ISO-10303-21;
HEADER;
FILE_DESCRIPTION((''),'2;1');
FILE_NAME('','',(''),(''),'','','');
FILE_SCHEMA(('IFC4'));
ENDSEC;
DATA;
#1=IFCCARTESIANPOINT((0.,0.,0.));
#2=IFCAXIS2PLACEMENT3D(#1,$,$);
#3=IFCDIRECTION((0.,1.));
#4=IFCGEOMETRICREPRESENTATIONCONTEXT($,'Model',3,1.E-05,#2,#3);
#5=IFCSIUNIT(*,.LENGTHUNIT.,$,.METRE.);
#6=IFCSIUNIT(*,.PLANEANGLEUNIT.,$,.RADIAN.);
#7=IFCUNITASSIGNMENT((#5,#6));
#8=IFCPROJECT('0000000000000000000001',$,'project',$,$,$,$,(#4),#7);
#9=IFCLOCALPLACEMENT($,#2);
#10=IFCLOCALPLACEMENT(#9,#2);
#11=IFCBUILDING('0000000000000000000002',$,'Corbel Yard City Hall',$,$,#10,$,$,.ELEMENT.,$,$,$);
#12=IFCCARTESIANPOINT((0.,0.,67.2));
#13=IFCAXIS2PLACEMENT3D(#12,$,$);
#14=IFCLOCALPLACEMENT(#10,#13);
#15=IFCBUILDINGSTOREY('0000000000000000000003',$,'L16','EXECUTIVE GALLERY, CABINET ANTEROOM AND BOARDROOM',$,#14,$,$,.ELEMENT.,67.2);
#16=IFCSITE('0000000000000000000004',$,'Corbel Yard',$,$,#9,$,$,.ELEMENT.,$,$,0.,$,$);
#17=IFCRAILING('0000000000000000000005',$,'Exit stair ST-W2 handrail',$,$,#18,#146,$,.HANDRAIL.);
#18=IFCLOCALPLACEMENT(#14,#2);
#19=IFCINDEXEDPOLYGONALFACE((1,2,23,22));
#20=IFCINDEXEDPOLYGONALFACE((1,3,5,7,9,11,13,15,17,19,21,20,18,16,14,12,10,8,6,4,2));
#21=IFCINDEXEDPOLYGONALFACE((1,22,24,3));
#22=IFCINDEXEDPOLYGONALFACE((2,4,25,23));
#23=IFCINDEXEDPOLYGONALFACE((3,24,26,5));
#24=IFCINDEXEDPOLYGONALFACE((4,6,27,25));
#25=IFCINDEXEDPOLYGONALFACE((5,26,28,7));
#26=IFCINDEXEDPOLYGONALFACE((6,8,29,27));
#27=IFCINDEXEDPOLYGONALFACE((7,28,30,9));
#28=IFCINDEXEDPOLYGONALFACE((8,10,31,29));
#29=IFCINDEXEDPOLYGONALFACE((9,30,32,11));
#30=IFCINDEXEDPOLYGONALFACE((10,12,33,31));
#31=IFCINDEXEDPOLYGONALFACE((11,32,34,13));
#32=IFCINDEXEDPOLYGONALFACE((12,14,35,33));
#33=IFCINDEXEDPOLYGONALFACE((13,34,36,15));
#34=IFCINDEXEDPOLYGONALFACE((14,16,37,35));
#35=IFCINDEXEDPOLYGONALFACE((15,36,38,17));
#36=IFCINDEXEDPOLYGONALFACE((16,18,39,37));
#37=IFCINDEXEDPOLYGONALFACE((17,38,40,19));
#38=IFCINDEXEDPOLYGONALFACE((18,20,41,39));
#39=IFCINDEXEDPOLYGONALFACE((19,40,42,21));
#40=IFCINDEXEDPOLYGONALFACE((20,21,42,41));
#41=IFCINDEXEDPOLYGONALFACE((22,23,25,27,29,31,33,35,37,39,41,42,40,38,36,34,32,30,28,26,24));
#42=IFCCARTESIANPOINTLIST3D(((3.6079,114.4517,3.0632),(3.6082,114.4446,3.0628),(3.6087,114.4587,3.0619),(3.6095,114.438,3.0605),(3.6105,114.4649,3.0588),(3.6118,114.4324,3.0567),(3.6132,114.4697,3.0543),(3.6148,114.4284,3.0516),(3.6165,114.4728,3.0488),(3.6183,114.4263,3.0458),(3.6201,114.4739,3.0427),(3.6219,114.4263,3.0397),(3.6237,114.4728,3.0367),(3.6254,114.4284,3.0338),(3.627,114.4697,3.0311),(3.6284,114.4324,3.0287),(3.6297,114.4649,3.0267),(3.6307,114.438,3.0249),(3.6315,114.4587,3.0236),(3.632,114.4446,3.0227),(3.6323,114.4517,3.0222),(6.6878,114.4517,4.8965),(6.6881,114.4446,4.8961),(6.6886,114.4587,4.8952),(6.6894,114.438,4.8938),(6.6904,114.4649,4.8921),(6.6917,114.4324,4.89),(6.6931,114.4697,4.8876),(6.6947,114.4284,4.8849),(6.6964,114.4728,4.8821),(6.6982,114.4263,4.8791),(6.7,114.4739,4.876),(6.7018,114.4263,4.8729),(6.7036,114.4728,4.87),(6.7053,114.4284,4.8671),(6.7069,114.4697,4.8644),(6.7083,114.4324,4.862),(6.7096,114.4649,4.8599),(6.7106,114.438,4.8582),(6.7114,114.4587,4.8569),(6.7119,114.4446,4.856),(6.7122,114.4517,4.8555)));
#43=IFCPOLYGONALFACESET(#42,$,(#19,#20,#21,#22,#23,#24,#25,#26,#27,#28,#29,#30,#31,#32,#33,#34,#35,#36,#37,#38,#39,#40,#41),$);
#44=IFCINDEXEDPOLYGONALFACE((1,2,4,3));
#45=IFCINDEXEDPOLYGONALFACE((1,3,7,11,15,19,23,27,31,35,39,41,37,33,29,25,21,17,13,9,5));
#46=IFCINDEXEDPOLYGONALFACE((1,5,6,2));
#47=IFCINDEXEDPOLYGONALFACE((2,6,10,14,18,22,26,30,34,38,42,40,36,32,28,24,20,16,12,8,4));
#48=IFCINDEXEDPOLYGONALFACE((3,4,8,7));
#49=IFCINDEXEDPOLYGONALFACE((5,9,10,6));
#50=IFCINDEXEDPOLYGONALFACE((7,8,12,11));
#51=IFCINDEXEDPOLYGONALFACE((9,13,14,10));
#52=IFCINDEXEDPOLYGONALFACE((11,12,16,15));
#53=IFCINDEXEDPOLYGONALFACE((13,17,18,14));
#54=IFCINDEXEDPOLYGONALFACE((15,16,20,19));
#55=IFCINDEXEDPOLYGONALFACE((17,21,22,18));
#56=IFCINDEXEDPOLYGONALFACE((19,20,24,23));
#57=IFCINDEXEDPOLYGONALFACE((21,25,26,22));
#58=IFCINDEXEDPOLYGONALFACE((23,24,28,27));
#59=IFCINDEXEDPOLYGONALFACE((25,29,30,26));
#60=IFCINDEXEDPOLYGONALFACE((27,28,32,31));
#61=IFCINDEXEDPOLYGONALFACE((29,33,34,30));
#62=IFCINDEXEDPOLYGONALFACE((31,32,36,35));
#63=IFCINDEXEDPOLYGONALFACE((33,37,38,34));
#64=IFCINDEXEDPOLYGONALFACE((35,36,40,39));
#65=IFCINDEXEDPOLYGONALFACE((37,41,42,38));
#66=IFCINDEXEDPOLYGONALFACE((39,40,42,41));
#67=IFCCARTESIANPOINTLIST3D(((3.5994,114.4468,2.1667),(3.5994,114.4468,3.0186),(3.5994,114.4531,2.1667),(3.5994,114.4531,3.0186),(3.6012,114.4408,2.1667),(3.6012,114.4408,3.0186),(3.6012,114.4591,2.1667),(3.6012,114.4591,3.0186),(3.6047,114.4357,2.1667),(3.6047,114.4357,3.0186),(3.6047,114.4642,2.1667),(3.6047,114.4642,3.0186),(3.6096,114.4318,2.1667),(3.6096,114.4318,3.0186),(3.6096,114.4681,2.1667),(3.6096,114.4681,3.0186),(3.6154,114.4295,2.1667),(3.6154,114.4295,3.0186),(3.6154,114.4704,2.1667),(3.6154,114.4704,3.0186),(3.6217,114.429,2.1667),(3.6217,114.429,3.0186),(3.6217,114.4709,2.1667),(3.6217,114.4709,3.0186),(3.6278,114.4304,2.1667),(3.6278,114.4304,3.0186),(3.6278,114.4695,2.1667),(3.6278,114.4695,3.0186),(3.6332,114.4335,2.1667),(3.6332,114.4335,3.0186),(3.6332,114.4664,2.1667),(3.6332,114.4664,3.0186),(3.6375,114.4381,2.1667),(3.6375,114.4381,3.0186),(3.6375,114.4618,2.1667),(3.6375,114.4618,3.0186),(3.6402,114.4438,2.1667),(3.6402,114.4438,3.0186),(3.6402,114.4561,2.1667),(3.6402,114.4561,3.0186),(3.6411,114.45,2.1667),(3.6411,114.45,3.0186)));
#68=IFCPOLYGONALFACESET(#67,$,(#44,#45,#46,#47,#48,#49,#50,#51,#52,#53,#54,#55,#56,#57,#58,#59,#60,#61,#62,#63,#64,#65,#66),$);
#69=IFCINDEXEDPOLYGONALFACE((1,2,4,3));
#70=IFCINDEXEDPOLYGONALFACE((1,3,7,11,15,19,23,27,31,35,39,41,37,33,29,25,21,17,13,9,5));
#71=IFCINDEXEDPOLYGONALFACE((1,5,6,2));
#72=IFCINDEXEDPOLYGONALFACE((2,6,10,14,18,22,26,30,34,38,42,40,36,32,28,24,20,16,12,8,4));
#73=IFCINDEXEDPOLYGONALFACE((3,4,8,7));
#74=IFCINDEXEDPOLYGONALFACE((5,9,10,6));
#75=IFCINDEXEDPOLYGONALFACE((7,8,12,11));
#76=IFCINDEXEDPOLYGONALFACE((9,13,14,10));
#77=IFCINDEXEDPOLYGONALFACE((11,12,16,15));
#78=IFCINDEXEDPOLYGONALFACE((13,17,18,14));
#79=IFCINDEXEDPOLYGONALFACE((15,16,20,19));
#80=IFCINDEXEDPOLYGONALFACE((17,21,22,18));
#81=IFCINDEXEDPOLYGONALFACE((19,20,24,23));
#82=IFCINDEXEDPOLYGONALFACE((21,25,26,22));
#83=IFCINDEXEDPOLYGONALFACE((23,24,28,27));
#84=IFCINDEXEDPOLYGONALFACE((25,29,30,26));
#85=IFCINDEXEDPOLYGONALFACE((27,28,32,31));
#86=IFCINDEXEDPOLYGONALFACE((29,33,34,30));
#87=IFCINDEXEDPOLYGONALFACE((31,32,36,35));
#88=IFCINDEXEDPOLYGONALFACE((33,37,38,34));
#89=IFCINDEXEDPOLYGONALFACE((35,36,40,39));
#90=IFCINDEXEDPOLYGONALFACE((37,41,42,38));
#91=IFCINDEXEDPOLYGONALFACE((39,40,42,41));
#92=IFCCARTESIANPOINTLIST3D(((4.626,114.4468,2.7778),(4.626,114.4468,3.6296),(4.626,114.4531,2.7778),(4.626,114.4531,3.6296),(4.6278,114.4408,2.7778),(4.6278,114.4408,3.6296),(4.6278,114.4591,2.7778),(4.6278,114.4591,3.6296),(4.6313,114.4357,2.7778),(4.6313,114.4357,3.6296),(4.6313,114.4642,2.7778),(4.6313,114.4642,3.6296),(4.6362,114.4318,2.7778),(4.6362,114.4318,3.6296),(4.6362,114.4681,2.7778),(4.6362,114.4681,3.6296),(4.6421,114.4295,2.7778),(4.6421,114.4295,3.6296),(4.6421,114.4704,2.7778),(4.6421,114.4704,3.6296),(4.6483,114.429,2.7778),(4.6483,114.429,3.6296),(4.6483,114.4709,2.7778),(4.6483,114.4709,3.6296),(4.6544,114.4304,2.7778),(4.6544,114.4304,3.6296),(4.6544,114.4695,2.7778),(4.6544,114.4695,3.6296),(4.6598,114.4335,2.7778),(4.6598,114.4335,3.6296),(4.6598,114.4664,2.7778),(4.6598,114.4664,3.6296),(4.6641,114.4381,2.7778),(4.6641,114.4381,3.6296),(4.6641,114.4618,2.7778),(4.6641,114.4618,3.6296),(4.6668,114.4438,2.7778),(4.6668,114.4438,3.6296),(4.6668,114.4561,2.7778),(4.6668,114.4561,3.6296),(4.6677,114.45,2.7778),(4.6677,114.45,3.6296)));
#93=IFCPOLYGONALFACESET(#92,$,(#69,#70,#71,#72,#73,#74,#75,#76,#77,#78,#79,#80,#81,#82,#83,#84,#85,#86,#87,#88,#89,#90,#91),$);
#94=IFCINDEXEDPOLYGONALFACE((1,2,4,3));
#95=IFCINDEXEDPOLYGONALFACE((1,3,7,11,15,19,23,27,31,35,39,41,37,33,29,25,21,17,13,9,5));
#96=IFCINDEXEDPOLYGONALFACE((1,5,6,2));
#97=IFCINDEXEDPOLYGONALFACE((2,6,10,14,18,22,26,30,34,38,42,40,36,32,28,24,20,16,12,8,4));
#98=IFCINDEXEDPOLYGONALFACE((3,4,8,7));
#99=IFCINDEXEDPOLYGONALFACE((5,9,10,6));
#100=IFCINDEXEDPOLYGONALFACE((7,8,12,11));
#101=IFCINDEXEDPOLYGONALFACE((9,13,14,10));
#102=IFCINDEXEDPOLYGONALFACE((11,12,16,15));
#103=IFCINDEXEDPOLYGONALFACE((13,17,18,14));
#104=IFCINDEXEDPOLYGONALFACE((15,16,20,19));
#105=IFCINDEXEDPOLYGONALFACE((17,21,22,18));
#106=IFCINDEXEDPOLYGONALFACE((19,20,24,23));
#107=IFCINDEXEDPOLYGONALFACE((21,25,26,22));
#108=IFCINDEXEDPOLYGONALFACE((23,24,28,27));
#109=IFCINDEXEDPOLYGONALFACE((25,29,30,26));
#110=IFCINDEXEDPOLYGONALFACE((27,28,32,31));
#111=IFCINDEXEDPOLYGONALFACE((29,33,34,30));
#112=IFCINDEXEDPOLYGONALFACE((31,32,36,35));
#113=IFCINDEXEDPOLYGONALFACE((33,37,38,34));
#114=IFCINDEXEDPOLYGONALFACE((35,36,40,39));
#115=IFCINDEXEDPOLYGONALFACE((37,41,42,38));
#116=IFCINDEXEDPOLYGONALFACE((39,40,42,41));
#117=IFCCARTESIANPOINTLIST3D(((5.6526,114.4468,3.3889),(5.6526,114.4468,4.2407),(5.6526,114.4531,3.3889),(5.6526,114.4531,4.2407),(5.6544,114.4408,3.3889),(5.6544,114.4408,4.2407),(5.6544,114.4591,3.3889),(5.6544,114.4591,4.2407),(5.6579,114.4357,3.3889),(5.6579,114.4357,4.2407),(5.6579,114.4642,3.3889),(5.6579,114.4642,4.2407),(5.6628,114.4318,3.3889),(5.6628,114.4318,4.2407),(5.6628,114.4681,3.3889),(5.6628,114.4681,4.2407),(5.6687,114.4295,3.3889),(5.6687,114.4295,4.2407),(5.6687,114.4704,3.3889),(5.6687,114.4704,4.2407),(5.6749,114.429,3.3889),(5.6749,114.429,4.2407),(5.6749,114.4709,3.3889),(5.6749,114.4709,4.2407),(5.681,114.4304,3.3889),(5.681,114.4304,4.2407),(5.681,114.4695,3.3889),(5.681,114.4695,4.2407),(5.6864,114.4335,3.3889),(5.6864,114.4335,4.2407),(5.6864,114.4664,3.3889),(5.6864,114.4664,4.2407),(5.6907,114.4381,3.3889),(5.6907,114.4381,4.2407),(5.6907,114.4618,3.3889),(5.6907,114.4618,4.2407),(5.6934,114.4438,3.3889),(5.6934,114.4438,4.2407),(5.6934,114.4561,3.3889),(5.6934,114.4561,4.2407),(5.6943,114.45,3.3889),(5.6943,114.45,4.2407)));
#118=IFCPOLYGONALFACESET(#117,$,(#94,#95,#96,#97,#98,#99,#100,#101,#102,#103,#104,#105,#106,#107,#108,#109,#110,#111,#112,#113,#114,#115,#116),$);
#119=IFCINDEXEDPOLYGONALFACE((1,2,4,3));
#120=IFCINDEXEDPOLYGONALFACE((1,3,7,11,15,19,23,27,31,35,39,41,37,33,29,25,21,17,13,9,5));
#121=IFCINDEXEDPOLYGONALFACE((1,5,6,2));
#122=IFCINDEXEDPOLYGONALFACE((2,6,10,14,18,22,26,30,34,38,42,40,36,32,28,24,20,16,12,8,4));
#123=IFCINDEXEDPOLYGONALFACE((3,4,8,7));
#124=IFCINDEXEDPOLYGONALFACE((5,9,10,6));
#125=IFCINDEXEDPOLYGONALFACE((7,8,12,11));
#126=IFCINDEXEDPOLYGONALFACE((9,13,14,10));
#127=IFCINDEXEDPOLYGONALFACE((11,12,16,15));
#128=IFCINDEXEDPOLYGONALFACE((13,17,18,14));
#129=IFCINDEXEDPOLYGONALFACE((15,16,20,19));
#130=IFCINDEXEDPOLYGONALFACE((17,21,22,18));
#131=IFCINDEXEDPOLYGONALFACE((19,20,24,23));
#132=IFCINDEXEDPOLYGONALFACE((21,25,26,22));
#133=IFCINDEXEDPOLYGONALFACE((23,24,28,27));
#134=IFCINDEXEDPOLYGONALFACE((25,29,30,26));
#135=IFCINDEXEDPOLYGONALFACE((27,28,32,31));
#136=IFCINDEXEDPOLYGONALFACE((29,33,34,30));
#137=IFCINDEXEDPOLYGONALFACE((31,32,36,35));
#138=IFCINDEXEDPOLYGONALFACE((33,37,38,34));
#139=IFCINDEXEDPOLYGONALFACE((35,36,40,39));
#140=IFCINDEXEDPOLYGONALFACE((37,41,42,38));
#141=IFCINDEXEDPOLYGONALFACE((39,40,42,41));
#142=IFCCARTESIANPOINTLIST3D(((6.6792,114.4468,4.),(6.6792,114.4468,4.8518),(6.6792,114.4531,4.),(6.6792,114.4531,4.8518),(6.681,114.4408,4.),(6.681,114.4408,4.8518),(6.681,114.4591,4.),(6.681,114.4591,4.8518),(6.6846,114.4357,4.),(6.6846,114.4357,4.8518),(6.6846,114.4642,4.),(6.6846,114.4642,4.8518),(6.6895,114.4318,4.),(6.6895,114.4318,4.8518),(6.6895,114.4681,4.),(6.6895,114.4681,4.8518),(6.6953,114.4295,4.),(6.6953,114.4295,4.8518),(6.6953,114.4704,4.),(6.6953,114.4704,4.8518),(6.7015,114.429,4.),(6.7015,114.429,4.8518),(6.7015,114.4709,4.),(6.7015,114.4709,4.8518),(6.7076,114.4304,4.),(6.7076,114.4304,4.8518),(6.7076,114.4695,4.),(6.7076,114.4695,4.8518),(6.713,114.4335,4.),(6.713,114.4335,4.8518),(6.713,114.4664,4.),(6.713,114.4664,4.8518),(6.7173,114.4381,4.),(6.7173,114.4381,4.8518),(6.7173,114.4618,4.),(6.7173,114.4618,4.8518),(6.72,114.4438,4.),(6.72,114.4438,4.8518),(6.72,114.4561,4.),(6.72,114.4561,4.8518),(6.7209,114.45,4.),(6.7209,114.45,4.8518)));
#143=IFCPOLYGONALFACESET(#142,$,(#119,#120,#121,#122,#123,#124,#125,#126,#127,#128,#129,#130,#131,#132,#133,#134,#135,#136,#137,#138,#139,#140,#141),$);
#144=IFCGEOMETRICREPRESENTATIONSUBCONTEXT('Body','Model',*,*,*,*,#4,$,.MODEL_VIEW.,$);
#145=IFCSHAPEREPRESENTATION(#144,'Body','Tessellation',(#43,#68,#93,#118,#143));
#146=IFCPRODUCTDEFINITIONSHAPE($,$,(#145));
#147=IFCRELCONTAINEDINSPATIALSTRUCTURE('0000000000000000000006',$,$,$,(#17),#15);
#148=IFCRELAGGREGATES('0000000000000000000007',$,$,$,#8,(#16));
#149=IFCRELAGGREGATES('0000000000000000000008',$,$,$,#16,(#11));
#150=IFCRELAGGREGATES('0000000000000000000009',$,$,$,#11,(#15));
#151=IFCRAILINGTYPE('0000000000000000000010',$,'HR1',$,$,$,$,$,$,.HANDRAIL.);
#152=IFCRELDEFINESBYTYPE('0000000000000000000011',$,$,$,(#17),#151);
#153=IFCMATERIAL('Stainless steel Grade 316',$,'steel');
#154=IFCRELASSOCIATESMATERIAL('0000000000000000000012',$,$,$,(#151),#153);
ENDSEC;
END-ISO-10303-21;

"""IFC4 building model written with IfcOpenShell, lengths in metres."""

from ifc_helpers import new_model, si_unit, direction, frame, origin, origin_2d, place, context, subcontext, project, spatial, circle, extrude, material, type_object, element, save


model = new_model("IFC4")

# Units and contexts
model_context = context("Model", 3, precision=1e-05, world=origin(), true_north=direction((0.0, 1.0)))
body_context = subcontext(model_context, "Body", "Model", "MODEL_VIEW")
ifc_project = project(units=[si_unit("LENGTHUNIT", "METRE"), si_unit("PLANEANGLEUNIT", "RADIAN")], contexts=[model_context])

# Site, building, storey
site_placement = place(None, origin())
site = spatial("IfcSite", under=ifc_project, at=site_placement, Name="Corbel Yard", CompositionType="ELEMENT", RefElevation=0.0)
building_placement = place(site_placement, origin())
building = spatial("IfcBuilding", under=site, at=building_placement, Name="Corbel Yard City Hall", CompositionType="ELEMENT")
storey_placement = place(building_placement, frame((0.0, 0.0, 67.2)))
storey = spatial("IfcBuildingStorey", under=building, at=storey_placement, Name="L16", Description="EXECUTIVE GALLERY, CABINET ANTEROOM AND BOARDROOM", CompositionType="ELEMENT", Elevation=67.2)

# Shared definitions
ifc_material_1 = material(Name="Stainless steel Grade 316", Category="steel")

# Railing
railing_type = type_object("IfcRailingType", Name="HR1", PredefinedType="HANDRAIL", material=ifc_material_1)
for number, where, name in (
    (1, (3.6201, 114.45, 2.1667), "Exit stair ST-W2 handrail"),
):
    element("IfcRailing", number, at=place(storey_placement, frame(where)), inside=storey, type_object=railing_type, Name=name, PredefinedType="HANDRAIL", context=body_context, shape_type="SweptSolid", body=[
        extrude(circle(Radius=0.0239, at=origin_2d()), frame((0.0, 0.0, 0.876), z_axis=(0.859291, 0.0, 0.511487), x_axis=(0.0, 1.0, 0.0)), (0.0, 0.0, 1.0), 3.5842),
        extrude(circle(Radius=0.021, at=origin_2d()), origin(), (0.0, 0.0, 1.0), 0.8518),
        extrude(circle(Radius=0.021, at=origin_2d()), frame((1.0266, 0.0, 0.6111)), (0.0, 0.0, 1.0), 0.8518),
        extrude(circle(Radius=0.021, at=origin_2d()), frame((2.0532, 0.0, 1.2222)), (0.0, 0.0, 1.0), 0.8518),
        extrude(circle(Radius=0.021, at=origin_2d()), frame((3.0798, 0.0, 1.8333)), (0.0, 0.0, 1.0), 0.8518),
    ])

save(model, "model.ifc")
